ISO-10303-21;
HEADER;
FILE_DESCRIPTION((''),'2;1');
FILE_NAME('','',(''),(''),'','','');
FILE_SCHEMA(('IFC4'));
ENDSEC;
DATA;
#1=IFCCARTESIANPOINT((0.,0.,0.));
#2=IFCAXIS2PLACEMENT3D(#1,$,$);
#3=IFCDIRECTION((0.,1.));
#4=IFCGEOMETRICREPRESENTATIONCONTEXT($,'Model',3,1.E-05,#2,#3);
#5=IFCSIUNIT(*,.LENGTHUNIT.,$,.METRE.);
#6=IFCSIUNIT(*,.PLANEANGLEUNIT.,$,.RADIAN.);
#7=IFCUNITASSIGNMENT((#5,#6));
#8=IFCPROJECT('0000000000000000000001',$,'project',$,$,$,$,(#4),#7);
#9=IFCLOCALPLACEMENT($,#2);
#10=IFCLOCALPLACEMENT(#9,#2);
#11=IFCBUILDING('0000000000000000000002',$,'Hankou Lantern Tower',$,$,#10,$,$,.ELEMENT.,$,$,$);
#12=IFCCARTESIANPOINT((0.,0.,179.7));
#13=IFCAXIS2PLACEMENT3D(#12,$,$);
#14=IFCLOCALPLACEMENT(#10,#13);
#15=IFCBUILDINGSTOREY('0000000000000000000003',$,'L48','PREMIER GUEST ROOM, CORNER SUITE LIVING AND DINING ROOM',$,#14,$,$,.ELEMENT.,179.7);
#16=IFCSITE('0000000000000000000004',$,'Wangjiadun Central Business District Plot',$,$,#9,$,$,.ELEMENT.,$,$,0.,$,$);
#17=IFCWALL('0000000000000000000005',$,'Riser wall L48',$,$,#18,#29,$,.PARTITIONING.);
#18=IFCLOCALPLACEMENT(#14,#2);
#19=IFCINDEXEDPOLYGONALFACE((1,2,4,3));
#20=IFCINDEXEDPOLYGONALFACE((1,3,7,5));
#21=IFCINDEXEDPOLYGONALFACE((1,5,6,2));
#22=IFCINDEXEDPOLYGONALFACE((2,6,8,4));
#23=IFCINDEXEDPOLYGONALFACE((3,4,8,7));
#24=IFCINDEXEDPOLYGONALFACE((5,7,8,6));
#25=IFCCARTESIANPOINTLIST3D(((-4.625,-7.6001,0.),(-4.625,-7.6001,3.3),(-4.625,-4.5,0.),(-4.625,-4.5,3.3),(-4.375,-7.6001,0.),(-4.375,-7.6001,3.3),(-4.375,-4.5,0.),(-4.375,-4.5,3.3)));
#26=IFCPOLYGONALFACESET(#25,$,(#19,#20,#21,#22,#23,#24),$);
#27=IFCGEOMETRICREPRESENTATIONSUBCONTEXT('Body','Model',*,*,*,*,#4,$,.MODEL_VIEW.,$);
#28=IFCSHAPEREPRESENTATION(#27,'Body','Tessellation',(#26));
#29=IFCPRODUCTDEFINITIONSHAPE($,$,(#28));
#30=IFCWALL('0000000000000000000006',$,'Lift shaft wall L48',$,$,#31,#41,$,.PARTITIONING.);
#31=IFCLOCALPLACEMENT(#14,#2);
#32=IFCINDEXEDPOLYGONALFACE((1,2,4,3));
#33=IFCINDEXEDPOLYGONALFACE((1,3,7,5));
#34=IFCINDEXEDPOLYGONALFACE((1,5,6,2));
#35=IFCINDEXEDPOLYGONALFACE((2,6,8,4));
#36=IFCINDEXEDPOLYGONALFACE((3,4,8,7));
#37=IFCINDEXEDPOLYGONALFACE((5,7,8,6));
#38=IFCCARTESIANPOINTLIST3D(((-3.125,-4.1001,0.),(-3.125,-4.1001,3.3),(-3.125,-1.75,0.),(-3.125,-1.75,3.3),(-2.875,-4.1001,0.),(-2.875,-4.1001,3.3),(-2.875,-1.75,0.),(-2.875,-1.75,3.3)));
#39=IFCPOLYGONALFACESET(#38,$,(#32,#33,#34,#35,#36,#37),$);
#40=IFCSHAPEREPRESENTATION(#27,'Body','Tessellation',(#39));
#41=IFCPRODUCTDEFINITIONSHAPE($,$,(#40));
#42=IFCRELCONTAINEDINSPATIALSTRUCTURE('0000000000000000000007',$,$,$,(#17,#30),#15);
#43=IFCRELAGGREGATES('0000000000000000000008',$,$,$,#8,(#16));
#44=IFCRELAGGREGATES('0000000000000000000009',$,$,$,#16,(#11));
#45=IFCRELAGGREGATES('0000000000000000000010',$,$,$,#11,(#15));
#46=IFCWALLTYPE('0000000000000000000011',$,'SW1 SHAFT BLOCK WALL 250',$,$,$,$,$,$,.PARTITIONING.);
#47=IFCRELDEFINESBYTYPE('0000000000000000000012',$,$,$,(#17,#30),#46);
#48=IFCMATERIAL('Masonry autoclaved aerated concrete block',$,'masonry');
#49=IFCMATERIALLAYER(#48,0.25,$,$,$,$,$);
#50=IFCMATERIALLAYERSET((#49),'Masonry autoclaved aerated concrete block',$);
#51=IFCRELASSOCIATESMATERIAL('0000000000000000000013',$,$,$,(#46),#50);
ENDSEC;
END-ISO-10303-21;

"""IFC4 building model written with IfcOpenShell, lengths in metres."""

from ifc_helpers import new_model, si_unit, direction, frame, frame_2d, origin, place, context, subcontext, project, spatial, rectangle, extrude, material, layer, layer_set, type_object, element, save


model = new_model("IFC4")

# Units and contexts
model_context = context("Model", 3, precision=1e-05, world=origin(), true_north=direction((0.0, 1.0)))
body_context = subcontext(model_context, "Body", "Model", "MODEL_VIEW")
ifc_project = project(units=[si_unit("LENGTHUNIT", "METRE"), si_unit("PLANEANGLEUNIT", "RADIAN")], contexts=[model_context])

# Site, building, storey
site_placement = place(None, origin())
site = spatial("IfcSite", under=ifc_project, at=site_placement, Name="Wangjiadun Central Business District Plot", CompositionType="ELEMENT", RefElevation=0.0)
building_placement = place(site_placement, origin())
building = spatial("IfcBuilding", under=site, at=building_placement, Name="Hankou Lantern Tower", CompositionType="ELEMENT")
storey_placement = place(building_placement, frame((0.0, 0.0, 179.7)))
storey = spatial("IfcBuildingStorey", under=building, at=storey_placement, Name="L48", Description="PREMIER GUEST ROOM, CORNER SUITE LIVING AND DINING ROOM", CompositionType="ELEMENT", Elevation=179.7)

# Walls
ifc_material_1 = material(Name="Masonry autoclaved aerated concrete block", Category="masonry")
ifc_layer_1 = layer(ifc_material_1, 0.25)
ifc_layer_set_1 = layer_set([ifc_layer_1], Name="Masonry autoclaved aerated concrete block")
wall_type_1 = type_object("IfcWallType", Name="SW1 SHAFT BLOCK WALL 250", PredefinedType="PARTITIONING", material=ifc_layer_set_1)
wall_1_placement = place(storey_placement, frame((-4.5, -7.6001, 0.0), z_axis=(0.0, 0.0, 1.0), x_axis=(0.0, 1.0, 0.0)))
element("IfcWall", 1, at=wall_1_placement, inside=storey, type_object=wall_type_1, Name="Riser wall L48", PredefinedType="PARTITIONING", context=body_context, shape_type="SweptSolid", body=[
    extrude(rectangle(XDim=3.1001, YDim=0.25, at=frame_2d((1.55, 0.0))), origin(), (0.0, 0.0, 1.0), 3.3),
])
wall_2_placement = place(storey_placement, frame((-3.0, -4.1001, 0.0), z_axis=(0.0, 0.0, 1.0), x_axis=(0.0, 1.0, 0.0)))
element("IfcWall", 2, at=wall_2_placement, inside=storey, type_object=wall_type_1, Name="Lift shaft wall L48", PredefinedType="PARTITIONING", context=body_context, shape_type="SweptSolid", body=[
    extrude(rectangle(XDim=2.3501, YDim=0.25, at=frame_2d((1.175, 0.0))), origin(), (0.0, 0.0, 1.0), 3.3),
])

save(model, "model.ifc")
